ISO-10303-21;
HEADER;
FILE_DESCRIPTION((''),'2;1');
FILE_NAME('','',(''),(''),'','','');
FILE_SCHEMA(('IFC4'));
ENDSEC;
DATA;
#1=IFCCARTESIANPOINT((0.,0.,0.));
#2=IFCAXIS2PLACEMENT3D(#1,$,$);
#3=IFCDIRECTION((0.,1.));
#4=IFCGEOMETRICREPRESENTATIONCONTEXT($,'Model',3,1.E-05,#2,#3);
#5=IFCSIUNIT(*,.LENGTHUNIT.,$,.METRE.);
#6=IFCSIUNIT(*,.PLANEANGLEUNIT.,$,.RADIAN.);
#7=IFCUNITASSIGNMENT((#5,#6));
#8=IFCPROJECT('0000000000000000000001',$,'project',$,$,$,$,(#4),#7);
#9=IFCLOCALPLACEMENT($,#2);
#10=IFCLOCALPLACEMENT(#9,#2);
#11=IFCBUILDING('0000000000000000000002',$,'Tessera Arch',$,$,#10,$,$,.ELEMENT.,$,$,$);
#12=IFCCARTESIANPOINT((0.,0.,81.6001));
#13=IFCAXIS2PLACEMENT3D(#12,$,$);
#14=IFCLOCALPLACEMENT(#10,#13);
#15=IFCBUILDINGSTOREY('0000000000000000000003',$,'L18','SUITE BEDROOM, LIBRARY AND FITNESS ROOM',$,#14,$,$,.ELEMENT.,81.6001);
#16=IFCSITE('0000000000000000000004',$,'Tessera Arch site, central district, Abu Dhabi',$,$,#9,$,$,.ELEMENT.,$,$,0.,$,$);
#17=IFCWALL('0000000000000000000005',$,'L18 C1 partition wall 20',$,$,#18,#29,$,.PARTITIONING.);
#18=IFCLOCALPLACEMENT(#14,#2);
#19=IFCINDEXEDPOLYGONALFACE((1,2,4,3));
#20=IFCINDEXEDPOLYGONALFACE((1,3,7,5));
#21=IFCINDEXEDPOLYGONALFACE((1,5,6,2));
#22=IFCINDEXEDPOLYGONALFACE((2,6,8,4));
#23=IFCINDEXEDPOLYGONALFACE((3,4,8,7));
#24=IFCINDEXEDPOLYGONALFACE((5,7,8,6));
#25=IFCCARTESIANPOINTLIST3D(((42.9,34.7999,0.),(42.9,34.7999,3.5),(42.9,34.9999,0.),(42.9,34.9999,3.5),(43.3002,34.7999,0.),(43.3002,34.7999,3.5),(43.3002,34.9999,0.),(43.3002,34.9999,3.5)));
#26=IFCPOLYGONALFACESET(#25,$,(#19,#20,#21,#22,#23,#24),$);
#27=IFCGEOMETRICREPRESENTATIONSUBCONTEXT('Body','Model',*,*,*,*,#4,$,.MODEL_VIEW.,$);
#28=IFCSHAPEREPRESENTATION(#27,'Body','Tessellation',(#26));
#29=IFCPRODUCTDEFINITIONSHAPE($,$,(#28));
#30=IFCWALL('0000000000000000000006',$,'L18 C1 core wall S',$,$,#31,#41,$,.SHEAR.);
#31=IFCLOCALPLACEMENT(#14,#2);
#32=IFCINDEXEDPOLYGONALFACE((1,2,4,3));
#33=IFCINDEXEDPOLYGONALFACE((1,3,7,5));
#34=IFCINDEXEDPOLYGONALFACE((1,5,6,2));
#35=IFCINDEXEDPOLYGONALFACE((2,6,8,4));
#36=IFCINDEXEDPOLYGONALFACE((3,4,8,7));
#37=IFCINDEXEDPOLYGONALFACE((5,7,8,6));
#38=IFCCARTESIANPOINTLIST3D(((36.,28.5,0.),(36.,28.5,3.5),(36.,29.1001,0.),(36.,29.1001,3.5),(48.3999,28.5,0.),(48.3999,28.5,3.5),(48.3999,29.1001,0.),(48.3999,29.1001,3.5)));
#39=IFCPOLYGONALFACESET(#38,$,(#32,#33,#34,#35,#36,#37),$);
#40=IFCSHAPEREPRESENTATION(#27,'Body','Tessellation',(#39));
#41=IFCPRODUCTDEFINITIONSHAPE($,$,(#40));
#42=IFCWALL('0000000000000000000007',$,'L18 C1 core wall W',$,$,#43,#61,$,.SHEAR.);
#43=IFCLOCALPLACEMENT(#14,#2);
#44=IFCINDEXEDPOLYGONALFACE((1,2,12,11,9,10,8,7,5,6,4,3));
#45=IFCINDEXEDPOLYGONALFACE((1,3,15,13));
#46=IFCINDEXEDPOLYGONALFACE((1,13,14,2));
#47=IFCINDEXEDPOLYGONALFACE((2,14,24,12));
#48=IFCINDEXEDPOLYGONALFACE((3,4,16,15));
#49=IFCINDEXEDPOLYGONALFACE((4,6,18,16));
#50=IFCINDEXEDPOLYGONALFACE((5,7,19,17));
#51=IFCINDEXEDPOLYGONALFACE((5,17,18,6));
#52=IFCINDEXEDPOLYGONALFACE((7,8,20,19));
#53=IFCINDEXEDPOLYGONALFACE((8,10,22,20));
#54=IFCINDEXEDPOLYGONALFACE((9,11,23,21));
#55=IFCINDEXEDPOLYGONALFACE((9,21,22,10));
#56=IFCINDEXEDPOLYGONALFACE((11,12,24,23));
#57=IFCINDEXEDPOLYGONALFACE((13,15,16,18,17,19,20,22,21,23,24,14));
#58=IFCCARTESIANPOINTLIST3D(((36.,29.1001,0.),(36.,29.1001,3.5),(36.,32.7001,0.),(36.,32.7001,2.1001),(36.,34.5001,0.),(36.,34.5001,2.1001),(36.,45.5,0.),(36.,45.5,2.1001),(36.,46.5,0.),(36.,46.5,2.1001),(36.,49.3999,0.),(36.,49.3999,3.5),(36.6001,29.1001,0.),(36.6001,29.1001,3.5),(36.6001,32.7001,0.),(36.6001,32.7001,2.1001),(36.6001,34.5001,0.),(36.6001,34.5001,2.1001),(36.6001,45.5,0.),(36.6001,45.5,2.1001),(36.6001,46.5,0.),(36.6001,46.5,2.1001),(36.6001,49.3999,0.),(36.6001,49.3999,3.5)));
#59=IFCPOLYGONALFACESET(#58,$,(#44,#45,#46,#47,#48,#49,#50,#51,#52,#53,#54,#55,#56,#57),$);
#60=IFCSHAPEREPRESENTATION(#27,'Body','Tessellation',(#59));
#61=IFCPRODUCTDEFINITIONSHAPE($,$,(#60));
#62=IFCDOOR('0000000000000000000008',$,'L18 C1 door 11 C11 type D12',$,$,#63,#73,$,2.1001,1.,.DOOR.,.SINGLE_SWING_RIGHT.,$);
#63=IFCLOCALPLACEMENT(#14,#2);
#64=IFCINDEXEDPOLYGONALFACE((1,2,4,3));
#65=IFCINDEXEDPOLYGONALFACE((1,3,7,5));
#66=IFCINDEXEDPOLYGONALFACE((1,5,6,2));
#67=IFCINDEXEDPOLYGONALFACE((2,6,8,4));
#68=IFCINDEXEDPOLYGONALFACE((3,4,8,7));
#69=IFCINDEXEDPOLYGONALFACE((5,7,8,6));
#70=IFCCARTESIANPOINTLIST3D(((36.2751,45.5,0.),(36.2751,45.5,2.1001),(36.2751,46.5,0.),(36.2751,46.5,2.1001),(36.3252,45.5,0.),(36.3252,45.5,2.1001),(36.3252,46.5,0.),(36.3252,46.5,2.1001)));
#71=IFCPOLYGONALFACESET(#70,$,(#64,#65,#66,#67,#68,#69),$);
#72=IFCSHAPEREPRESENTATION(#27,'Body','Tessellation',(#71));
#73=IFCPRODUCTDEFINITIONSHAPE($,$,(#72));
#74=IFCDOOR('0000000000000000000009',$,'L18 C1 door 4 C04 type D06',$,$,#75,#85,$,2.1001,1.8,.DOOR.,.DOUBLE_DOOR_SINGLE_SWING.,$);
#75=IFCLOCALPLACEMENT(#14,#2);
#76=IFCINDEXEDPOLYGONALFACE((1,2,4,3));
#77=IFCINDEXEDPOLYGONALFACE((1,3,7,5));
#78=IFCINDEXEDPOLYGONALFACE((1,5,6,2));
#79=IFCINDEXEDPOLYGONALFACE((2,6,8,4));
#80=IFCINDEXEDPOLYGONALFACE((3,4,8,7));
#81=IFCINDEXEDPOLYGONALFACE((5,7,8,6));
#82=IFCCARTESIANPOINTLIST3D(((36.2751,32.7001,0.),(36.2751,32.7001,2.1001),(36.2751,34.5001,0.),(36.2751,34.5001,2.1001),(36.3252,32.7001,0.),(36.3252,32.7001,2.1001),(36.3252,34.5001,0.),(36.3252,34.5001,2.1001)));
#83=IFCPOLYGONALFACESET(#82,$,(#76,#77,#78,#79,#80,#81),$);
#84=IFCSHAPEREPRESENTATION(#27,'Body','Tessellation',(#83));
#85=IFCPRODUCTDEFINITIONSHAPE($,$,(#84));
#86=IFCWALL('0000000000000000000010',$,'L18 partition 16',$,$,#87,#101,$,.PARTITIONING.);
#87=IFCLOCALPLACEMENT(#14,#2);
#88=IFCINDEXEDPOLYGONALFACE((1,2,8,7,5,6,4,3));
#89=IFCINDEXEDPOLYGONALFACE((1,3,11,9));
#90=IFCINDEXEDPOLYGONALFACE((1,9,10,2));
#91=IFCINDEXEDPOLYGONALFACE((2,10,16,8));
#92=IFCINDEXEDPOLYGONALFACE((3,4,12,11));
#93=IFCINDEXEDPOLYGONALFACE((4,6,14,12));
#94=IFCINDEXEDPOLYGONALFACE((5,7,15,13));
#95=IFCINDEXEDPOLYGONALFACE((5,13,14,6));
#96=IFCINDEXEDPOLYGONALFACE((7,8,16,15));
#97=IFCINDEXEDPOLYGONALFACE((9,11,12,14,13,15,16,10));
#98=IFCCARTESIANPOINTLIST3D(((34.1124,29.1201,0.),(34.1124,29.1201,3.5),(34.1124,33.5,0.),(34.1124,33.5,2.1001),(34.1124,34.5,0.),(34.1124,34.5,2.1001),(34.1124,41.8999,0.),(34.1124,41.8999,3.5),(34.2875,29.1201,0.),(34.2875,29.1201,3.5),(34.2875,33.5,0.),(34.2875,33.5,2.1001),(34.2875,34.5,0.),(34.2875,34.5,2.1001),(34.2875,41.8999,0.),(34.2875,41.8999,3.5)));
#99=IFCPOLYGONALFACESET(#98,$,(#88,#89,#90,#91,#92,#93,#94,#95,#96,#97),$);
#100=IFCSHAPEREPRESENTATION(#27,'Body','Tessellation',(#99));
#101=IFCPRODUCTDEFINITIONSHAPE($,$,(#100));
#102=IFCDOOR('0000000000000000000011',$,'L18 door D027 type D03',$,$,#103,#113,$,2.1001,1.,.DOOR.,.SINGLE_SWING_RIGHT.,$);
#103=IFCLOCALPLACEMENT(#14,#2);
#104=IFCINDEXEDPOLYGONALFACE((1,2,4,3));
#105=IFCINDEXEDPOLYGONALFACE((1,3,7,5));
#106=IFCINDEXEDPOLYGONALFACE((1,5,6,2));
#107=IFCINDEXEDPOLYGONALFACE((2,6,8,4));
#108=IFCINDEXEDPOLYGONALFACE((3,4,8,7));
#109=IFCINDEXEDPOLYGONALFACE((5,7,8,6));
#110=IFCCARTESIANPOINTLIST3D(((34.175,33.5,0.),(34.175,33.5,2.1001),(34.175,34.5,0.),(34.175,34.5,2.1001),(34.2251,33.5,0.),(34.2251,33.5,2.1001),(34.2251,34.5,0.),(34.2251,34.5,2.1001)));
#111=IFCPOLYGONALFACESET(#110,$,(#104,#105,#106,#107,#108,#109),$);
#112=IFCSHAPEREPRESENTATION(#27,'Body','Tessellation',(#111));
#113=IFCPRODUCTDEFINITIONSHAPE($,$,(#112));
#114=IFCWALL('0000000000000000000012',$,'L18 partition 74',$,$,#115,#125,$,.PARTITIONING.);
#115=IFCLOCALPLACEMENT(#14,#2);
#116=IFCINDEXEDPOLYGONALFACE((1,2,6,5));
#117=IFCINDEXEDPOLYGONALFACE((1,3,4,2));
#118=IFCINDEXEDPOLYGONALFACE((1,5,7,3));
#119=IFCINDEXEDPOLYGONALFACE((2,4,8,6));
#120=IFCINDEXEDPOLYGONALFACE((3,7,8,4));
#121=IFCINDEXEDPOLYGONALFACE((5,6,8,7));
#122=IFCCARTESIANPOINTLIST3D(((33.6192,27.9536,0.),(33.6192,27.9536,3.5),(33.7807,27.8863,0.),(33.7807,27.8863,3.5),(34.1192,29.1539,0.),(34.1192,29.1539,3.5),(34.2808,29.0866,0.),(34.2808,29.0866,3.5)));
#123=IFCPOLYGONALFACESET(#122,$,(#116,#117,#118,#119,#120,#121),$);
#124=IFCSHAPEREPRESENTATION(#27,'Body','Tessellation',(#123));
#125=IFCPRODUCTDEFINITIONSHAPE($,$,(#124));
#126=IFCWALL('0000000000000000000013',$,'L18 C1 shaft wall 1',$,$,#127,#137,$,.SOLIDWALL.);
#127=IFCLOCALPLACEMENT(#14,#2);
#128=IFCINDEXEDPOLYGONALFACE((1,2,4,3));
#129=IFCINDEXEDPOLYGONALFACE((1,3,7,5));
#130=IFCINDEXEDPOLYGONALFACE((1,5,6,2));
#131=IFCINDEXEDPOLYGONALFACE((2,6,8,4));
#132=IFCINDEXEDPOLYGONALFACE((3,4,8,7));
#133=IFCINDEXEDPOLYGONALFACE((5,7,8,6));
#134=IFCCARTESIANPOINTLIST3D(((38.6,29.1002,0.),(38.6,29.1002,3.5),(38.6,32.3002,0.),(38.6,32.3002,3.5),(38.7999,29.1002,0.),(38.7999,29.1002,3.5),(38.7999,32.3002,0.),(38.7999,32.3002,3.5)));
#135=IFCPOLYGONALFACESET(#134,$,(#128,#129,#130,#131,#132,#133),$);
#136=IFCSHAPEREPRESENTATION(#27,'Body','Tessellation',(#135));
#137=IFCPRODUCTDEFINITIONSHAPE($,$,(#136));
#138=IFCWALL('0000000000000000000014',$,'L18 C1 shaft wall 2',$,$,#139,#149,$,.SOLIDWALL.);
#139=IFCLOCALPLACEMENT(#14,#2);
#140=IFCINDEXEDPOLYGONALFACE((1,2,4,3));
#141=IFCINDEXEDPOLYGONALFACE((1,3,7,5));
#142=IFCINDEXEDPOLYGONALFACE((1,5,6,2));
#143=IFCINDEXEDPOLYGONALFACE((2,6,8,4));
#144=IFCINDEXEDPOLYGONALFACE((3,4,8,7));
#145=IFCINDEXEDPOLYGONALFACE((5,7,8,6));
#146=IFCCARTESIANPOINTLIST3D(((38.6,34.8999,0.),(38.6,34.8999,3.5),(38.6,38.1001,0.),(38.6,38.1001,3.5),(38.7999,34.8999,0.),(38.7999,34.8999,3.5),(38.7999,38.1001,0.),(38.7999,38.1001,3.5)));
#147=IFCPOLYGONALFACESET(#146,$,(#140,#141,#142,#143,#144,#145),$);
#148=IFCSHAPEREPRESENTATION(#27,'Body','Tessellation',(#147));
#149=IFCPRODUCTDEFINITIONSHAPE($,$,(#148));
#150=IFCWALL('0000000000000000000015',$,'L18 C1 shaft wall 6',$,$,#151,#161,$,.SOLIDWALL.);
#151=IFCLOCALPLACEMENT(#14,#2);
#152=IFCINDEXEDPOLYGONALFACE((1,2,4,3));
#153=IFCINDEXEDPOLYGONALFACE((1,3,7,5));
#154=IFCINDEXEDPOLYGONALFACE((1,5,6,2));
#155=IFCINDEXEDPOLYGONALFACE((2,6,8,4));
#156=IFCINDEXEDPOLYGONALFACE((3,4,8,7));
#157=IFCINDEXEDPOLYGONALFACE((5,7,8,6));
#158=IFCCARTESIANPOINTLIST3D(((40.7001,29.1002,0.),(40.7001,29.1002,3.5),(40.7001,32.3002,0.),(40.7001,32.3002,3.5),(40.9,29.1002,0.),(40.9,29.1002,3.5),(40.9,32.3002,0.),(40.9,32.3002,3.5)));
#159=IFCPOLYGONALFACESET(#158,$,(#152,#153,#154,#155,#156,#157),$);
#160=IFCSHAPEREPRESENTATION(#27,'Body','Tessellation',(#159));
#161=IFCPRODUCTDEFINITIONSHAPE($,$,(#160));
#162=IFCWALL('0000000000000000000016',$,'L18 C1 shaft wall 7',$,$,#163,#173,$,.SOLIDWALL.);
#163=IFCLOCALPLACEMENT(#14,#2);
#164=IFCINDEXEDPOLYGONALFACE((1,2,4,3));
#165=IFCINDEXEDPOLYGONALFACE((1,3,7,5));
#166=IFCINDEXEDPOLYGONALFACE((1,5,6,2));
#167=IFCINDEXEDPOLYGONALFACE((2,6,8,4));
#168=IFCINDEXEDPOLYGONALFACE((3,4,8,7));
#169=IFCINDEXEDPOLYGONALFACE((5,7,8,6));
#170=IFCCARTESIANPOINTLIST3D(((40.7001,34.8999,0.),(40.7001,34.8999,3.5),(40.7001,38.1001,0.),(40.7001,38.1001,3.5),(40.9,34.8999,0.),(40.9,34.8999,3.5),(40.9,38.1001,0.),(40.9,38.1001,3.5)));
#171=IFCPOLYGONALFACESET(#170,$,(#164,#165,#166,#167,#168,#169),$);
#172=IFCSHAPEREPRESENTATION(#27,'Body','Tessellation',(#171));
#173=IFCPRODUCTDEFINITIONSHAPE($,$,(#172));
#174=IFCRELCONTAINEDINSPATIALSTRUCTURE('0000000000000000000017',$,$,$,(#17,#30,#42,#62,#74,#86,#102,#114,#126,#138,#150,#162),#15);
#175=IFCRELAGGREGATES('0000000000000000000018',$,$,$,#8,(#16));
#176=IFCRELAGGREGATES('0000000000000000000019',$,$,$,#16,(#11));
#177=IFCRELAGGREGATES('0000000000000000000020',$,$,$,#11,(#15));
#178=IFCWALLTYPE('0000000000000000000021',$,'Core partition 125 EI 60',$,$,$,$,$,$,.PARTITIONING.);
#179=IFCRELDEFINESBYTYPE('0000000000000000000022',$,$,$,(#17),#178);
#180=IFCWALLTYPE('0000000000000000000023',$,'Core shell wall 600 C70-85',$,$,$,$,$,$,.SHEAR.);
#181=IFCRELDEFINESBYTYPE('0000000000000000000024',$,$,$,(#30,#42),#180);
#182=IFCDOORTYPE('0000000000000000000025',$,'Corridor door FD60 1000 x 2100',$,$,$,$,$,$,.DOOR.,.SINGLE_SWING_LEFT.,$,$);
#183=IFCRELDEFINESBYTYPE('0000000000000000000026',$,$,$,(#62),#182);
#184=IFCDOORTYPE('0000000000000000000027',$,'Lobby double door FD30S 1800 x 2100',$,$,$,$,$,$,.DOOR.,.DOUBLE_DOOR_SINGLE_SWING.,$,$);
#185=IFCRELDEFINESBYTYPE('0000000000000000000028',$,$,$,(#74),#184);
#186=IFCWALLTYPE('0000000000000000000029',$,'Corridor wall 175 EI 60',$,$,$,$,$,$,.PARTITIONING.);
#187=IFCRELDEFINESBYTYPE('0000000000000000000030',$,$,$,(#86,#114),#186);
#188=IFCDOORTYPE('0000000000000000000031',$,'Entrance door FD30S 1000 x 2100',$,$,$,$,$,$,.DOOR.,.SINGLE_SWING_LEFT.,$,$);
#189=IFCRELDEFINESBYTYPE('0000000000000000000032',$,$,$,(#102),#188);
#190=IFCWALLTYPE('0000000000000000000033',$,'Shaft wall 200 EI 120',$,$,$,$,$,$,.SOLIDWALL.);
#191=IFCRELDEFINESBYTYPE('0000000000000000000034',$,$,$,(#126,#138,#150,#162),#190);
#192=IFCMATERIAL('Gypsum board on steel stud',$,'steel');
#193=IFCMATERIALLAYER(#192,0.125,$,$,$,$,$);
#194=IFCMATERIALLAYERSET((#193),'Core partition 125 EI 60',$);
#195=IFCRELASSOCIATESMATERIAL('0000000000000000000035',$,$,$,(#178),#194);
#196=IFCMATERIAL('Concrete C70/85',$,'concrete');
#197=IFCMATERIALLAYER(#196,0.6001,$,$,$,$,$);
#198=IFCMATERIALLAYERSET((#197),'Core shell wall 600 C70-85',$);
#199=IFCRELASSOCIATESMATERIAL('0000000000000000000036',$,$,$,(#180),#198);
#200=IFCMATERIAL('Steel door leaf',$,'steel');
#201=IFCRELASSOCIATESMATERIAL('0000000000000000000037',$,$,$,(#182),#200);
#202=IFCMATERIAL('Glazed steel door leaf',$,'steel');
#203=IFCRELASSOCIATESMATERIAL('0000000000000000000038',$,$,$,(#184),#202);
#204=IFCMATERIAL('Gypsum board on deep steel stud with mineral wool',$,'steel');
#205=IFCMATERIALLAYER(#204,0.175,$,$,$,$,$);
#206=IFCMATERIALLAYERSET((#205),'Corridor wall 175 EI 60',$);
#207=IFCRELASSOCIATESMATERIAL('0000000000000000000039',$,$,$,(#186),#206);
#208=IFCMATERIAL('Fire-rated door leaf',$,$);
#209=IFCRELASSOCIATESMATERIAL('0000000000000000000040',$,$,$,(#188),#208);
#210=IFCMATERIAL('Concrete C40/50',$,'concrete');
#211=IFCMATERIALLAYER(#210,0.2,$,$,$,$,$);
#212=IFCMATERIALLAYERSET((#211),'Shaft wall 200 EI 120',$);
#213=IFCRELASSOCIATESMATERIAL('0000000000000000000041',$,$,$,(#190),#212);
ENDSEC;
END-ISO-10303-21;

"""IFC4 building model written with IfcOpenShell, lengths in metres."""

from ifc_helpers import new_model, si_unit, direction, frame, frame_2d, origin, place, context, subcontext, project, spatial, rectangle, extrude, material, layer, layer_set, type_object, element, fill, save


model = new_model("IFC4")

# Units and contexts
model_context = context("Model", 3, precision=1e-05, world=origin(), true_north=direction((0.0, 1.0)))
body_context = subcontext(model_context, "Body", "Model", "MODEL_VIEW")
ifc_project = project(units=[si_unit("LENGTHUNIT", "METRE"), si_unit("PLANEANGLEUNIT", "RADIAN")], contexts=[model_context])

# Site, building, storey
site_placement = place(None, origin())
site = spatial("IfcSite", under=ifc_project, at=site_placement, Name="Tessera Arch site, central district, Abu Dhabi", CompositionType="ELEMENT", RefElevation=0.0)
building_placement = place(site_placement, origin())
building = spatial("IfcBuilding", under=site, at=building_placement, Name="Tessera Arch", CompositionType="ELEMENT")
storey_placement = place(building_placement, frame((0.0, 0.0, 81.6001)))
storey = spatial("IfcBuildingStorey", under=building, at=storey_placement, Name="L18", Description="SUITE BEDROOM, LIBRARY AND FITNESS ROOM", CompositionType="ELEMENT", Elevation=81.6001)

# Walls
ifc_material_1 = material(Name="Gypsum board on steel stud", Category="steel")
ifc_layer_1 = layer(ifc_material_1, 0.125)
ifc_layer_set_1 = layer_set([ifc_layer_1], Name="Core partition 125 EI 60")
wall_type_1 = type_object("IfcWallType", Name="Core partition 125 EI 60", PredefinedType="PARTITIONING", material=ifc_layer_set_1)
wall_1_placement = place(storey_placement, frame((42.8999, 34.8999, 0.0), z_axis=(0.0, 0.0, 1.0), x_axis=(1.0, 0.0, 0.0)))
element("IfcWall", 1, at=wall_1_placement, inside=storey, type_object=wall_type_1, Name="L18 C1 partition wall 20", PredefinedType="PARTITIONING", context=body_context, shape_type="SweptSolid", body=[
    extrude(rectangle(XDim=0.4001, YDim=0.2, at=frame_2d((0.2002, 0.0))), origin(), (0.0, 0.0, 1.0), 3.5),
])
ifc_material_2 = material(Name="Concrete C70/85", Category="concrete")
ifc_layer_2 = layer(ifc_material_2, 0.6001)
ifc_layer_set_2 = layer_set([ifc_layer_2], Name="Core shell wall 600 C70-85")
wall_type_2 = type_object("IfcWallType", Name="Core shell wall 600 C70-85", PredefinedType="SHEAR", material=ifc_layer_set_2)
wall_2_placement = place(storey_placement, frame((36.0, 28.8, 0.0), z_axis=(0.0, 0.0, 1.0), x_axis=(1.0, 0.0, 0.0)))
element("IfcWall", 2, at=wall_2_placement, inside=storey, type_object=wall_type_2, Name="L18 C1 core wall S", PredefinedType="SHEAR", context=body_context, shape_type="SweptSolid", body=[
    extrude(rectangle(XDim=12.3999, YDim=0.6001, at=frame_2d((6.2, 0.0))), origin(), (0.0, 0.0, 1.0), 3.5),
])

# Wall, openings, doors
wall_3_placement = place(storey_placement, frame((36.3, 29.1001, 0.0), z_axis=(0.0, 0.0, 1.0), x_axis=(0.0, 1.0, 0.0)))
wall_3 = element("IfcWall", 3, at=wall_3_placement, inside=storey, type_object=wall_type_2, Name="L18 C1 core wall W", PredefinedType="SHEAR", context=body_context, shape_type="SweptSolid", body=[
    extrude(rectangle(XDim=20.2998, YDim=0.6001, at=frame_2d((10.1499, 0.0))), origin(), (0.0, 0.0, 1.0), 3.5),
])
opening_1_placement = place(wall_3_placement, frame((3.6001, 0.0, 0.0)))
opening_1 = element("IfcOpeningElement", 4, at=opening_1_placement, cuts=wall_3, PredefinedType="OPENING", context=body_context, shape_type="SweptSolid", body=[
    extrude(rectangle(XDim=1.8, YDim=2.1001, at=frame_2d((0.8999, 1.05))), frame((0.0, 0.3101, 0.0), z_axis=(0.0, -1.0, 0.0), x_axis=(1.0, 0.0, 0.0)), (0.0, 0.0, 1.0), 0.6201),
])
opening_2_placement = place(wall_3_placement, frame((16.3999, 0.0, 0.0)))
opening_2 = element("IfcOpeningElement", 5, at=opening_2_placement, cuts=wall_3, PredefinedType="OPENING", context=body_context, shape_type="SweptSolid", body=[
    extrude(rectangle(XDim=1.0, YDim=2.1001, at=frame_2d((0.5, 1.05))), frame((0.0, 0.3101, 0.0), z_axis=(0.0, -1.0, 0.0), x_axis=(1.0, 0.0, 0.0)), (0.0, 0.0, 1.0), 0.6201),
])
ifc_material_3 = material(Name="Steel door leaf", Category="steel")
door_type_1 = type_object("IfcDoorType", Name="Corridor door FD60 1000 x 2100", OperationType="SINGLE_SWING_LEFT", PredefinedType="DOOR", material=ifc_material_3)
door_1_placement = place(opening_2_placement, origin())
door_1 = element("IfcDoor", 6, at=door_1_placement, inside=storey, type_object=door_type_1, Name="L18 C1 door 11 C11 type D12", OperationType="SINGLE_SWING_RIGHT", OverallHeight=2.1001, OverallWidth=1.0, PredefinedType="DOOR", context=body_context, shape_type="SweptSolid", body=[
    extrude(rectangle(XDim=1.0, YDim=2.1001, at=frame_2d((0.5, 1.05))), frame((0.0, 0.0249, 0.0), z_axis=(0.0, -1.0, 0.0), x_axis=(1.0, 0.0, 0.0)), (0.0, 0.0, 1.0), 0.05),
])
fill(opening_2, door_1)
ifc_material_4 = material(Name="Glazed steel door leaf", Category="steel")
door_type_2 = type_object("IfcDoorType", Name="Lobby double door FD30S 1800 x 2100", OperationType="DOUBLE_DOOR_SINGLE_SWING", PredefinedType="DOOR", material=ifc_material_4)
door_2_placement = place(opening_1_placement, origin())
door_2 = element("IfcDoor", 7, at=door_2_placement, inside=storey, type_object=door_type_2, Name="L18 C1 door 4 C04 type D06", OperationType="DOUBLE_DOOR_SINGLE_SWING", OverallHeight=2.1001, OverallWidth=1.8, PredefinedType="DOOR", context=body_context, shape_type="SweptSolid", body=[
    extrude(rectangle(XDim=1.8, YDim=2.1001, at=frame_2d((0.8999, 1.05))), frame((0.0, 0.0249, 0.0), z_axis=(0.0, -1.0, 0.0), x_axis=(1.0, 0.0, 0.0)), (0.0, 0.0, 1.0), 0.05),
])
fill(opening_1, door_2)

# Wall, opening, door
ifc_material_5 = material(Name="Gypsum board on deep steel stud with mineral wool", Category="steel")
ifc_layer_3 = layer(ifc_material_5, 0.175)
ifc_layer_set_3 = layer_set([ifc_layer_3], Name="Corridor wall 175 EI 60")
wall_type_3 = type_object("IfcWallType", Name="Corridor wall 175 EI 60", PredefinedType="PARTITIONING", material=ifc_layer_set_3)
wall_4_placement = place(storey_placement, frame((34.2, 29.1201, 0.0), z_axis=(0.0, 0.0, 1.0), x_axis=(0.0, 1.0, 0.0)))
wall_4 = element("IfcWall", 8, at=wall_4_placement, inside=storey, type_object=wall_type_3, Name="L18 partition 16", PredefinedType="PARTITIONING", context=body_context, shape_type="SweptSolid", body=[
    extrude(rectangle(XDim=12.7798, YDim=0.175, at=frame_2d((6.3899, 0.0))), origin(), (0.0, 0.0, 1.0), 3.5),
])
opening_3_placement = place(wall_4_placement, frame((4.3799, 0.0, 0.0)))
opening_3 = element("IfcOpeningElement", 9, at=opening_3_placement, cuts=wall_4, PredefinedType="OPENING", context=body_context, shape_type="SweptSolid", body=[
    extrude(rectangle(XDim=1.0, YDim=2.1001, at=frame_2d((0.5, 1.05))), frame((0.0, 0.0974, 0.0), z_axis=(0.0, -1.0, 0.0), x_axis=(1.0, 0.0, 0.0)), (0.0, 0.0, 1.0), 0.1951),
])
ifc_material_6 = material(Name="Fire-rated door leaf")
door_type_3 = type_object("IfcDoorType", Name="Entrance door FD30S 1000 x 2100", OperationType="SINGLE_SWING_LEFT", PredefinedType="DOOR", material=ifc_material_6)
door_3_placement = place(opening_3_placement, origin())
door_3 = element("IfcDoor", 10, at=door_3_placement, inside=storey, type_object=door_type_3, Name="L18 door D027 type D03", OperationType="SINGLE_SWING_RIGHT", OverallHeight=2.1001, OverallWidth=1.0, PredefinedType="DOOR", context=body_context, shape_type="SweptSolid", body=[
    extrude(rectangle(XDim=1.0, YDim=2.1001, at=frame_2d((0.5, 1.05))), frame((0.0, 0.0249, 0.0), z_axis=(0.0, -1.0, 0.0), x_axis=(1.0, 0.0, 0.0)), (0.0, 0.0, 1.0), 0.05),
])
fill(opening_3, door_3)

# Walls
wall_5_placement = place(storey_placement, frame((33.7, 27.9199, 0.0), z_axis=(0.0, 0.0, 1.0), x_axis=(0.384562, 0.923099, 0.0)))
element("IfcWall", 11, at=wall_5_placement, inside=storey, type_object=wall_type_3, Name="L18 partition 74", PredefinedType="PARTITIONING", context=body_context, shape_type="SweptSolid", body=[
    extrude(rectangle(XDim=1.3003, YDim=0.175, at=frame_2d((0.6501, 0.0))), origin(), (0.0, 0.0, 1.0), 3.5),
])
ifc_material_7 = material(Name="Concrete C40/50", Category="concrete")
ifc_layer_4 = layer(ifc_material_7, 0.2)
ifc_layer_set_4 = layer_set([ifc_layer_4], Name="Shaft wall 200 EI 120")
wall_type_4 = type_object("IfcWallType", Name="Shaft wall 200 EI 120", PredefinedType="SOLIDWALL", material=ifc_layer_set_4)
wall_6_placement = place(storey_placement, frame((38.7, 29.1001, 0.0), z_axis=(0.0, 0.0, 1.0), x_axis=(0.0, 1.0, 0.0)))
element("IfcWall", 12, at=wall_6_placement, inside=storey, type_object=wall_type_4, Name="L18 C1 shaft wall 1", PredefinedType="SOLIDWALL", context=body_context, shape_type="SweptSolid", body=[
    extrude(rectangle(XDim=3.2, YDim=0.2, at=frame_2d((1.6001, 0.0))), origin(), (0.0, 0.0, 1.0), 3.5),
])
wall_7_placement = place(storey_placement, frame((38.7, 34.8999, 0.0), z_axis=(0.0, 0.0, 1.0), x_axis=(0.0, 1.0, 0.0)))
element("IfcWall", 13, at=wall_7_placement, inside=storey, type_object=wall_type_4, Name="L18 C1 shaft wall 2", PredefinedType="SOLIDWALL", context=body_context, shape_type="SweptSolid", body=[
    extrude(rectangle(XDim=3.2002, YDim=0.2, at=frame_2d((1.6001, 0.0))), origin(), (0.0, 0.0, 1.0), 3.5),
])
wall_8_placement = place(storey_placement, frame((40.8, 29.1001, 0.0), z_axis=(0.0, 0.0, 1.0), x_axis=(0.0, 1.0, 0.0)))
element("IfcWall", 14, at=wall_8_placement, inside=storey, type_object=wall_type_4, Name="L18 C1 shaft wall 6", PredefinedType="SOLIDWALL", context=body_context, shape_type="SweptSolid", body=[
    extrude(rectangle(XDim=3.2, YDim=0.2, at=frame_2d((1.6001, 0.0))), origin(), (0.0, 0.0, 1.0), 3.5),
])
wall_9_placement = place(storey_placement, frame((40.8, 34.8999, 0.0), z_axis=(0.0, 0.0, 1.0), x_axis=(0.0, 1.0, 0.0)))
element("IfcWall", 15, at=wall_9_placement, inside=storey, type_object=wall_type_4, Name="L18 C1 shaft wall 7", PredefinedType="SOLIDWALL", context=body_context, shape_type="SweptSolid", body=[
    extrude(rectangle(XDim=3.2002, YDim=0.2, at=frame_2d((1.6001, 0.0))), origin(), (0.0, 0.0, 1.0), 3.5),
])

save(model, "model.ifc")
